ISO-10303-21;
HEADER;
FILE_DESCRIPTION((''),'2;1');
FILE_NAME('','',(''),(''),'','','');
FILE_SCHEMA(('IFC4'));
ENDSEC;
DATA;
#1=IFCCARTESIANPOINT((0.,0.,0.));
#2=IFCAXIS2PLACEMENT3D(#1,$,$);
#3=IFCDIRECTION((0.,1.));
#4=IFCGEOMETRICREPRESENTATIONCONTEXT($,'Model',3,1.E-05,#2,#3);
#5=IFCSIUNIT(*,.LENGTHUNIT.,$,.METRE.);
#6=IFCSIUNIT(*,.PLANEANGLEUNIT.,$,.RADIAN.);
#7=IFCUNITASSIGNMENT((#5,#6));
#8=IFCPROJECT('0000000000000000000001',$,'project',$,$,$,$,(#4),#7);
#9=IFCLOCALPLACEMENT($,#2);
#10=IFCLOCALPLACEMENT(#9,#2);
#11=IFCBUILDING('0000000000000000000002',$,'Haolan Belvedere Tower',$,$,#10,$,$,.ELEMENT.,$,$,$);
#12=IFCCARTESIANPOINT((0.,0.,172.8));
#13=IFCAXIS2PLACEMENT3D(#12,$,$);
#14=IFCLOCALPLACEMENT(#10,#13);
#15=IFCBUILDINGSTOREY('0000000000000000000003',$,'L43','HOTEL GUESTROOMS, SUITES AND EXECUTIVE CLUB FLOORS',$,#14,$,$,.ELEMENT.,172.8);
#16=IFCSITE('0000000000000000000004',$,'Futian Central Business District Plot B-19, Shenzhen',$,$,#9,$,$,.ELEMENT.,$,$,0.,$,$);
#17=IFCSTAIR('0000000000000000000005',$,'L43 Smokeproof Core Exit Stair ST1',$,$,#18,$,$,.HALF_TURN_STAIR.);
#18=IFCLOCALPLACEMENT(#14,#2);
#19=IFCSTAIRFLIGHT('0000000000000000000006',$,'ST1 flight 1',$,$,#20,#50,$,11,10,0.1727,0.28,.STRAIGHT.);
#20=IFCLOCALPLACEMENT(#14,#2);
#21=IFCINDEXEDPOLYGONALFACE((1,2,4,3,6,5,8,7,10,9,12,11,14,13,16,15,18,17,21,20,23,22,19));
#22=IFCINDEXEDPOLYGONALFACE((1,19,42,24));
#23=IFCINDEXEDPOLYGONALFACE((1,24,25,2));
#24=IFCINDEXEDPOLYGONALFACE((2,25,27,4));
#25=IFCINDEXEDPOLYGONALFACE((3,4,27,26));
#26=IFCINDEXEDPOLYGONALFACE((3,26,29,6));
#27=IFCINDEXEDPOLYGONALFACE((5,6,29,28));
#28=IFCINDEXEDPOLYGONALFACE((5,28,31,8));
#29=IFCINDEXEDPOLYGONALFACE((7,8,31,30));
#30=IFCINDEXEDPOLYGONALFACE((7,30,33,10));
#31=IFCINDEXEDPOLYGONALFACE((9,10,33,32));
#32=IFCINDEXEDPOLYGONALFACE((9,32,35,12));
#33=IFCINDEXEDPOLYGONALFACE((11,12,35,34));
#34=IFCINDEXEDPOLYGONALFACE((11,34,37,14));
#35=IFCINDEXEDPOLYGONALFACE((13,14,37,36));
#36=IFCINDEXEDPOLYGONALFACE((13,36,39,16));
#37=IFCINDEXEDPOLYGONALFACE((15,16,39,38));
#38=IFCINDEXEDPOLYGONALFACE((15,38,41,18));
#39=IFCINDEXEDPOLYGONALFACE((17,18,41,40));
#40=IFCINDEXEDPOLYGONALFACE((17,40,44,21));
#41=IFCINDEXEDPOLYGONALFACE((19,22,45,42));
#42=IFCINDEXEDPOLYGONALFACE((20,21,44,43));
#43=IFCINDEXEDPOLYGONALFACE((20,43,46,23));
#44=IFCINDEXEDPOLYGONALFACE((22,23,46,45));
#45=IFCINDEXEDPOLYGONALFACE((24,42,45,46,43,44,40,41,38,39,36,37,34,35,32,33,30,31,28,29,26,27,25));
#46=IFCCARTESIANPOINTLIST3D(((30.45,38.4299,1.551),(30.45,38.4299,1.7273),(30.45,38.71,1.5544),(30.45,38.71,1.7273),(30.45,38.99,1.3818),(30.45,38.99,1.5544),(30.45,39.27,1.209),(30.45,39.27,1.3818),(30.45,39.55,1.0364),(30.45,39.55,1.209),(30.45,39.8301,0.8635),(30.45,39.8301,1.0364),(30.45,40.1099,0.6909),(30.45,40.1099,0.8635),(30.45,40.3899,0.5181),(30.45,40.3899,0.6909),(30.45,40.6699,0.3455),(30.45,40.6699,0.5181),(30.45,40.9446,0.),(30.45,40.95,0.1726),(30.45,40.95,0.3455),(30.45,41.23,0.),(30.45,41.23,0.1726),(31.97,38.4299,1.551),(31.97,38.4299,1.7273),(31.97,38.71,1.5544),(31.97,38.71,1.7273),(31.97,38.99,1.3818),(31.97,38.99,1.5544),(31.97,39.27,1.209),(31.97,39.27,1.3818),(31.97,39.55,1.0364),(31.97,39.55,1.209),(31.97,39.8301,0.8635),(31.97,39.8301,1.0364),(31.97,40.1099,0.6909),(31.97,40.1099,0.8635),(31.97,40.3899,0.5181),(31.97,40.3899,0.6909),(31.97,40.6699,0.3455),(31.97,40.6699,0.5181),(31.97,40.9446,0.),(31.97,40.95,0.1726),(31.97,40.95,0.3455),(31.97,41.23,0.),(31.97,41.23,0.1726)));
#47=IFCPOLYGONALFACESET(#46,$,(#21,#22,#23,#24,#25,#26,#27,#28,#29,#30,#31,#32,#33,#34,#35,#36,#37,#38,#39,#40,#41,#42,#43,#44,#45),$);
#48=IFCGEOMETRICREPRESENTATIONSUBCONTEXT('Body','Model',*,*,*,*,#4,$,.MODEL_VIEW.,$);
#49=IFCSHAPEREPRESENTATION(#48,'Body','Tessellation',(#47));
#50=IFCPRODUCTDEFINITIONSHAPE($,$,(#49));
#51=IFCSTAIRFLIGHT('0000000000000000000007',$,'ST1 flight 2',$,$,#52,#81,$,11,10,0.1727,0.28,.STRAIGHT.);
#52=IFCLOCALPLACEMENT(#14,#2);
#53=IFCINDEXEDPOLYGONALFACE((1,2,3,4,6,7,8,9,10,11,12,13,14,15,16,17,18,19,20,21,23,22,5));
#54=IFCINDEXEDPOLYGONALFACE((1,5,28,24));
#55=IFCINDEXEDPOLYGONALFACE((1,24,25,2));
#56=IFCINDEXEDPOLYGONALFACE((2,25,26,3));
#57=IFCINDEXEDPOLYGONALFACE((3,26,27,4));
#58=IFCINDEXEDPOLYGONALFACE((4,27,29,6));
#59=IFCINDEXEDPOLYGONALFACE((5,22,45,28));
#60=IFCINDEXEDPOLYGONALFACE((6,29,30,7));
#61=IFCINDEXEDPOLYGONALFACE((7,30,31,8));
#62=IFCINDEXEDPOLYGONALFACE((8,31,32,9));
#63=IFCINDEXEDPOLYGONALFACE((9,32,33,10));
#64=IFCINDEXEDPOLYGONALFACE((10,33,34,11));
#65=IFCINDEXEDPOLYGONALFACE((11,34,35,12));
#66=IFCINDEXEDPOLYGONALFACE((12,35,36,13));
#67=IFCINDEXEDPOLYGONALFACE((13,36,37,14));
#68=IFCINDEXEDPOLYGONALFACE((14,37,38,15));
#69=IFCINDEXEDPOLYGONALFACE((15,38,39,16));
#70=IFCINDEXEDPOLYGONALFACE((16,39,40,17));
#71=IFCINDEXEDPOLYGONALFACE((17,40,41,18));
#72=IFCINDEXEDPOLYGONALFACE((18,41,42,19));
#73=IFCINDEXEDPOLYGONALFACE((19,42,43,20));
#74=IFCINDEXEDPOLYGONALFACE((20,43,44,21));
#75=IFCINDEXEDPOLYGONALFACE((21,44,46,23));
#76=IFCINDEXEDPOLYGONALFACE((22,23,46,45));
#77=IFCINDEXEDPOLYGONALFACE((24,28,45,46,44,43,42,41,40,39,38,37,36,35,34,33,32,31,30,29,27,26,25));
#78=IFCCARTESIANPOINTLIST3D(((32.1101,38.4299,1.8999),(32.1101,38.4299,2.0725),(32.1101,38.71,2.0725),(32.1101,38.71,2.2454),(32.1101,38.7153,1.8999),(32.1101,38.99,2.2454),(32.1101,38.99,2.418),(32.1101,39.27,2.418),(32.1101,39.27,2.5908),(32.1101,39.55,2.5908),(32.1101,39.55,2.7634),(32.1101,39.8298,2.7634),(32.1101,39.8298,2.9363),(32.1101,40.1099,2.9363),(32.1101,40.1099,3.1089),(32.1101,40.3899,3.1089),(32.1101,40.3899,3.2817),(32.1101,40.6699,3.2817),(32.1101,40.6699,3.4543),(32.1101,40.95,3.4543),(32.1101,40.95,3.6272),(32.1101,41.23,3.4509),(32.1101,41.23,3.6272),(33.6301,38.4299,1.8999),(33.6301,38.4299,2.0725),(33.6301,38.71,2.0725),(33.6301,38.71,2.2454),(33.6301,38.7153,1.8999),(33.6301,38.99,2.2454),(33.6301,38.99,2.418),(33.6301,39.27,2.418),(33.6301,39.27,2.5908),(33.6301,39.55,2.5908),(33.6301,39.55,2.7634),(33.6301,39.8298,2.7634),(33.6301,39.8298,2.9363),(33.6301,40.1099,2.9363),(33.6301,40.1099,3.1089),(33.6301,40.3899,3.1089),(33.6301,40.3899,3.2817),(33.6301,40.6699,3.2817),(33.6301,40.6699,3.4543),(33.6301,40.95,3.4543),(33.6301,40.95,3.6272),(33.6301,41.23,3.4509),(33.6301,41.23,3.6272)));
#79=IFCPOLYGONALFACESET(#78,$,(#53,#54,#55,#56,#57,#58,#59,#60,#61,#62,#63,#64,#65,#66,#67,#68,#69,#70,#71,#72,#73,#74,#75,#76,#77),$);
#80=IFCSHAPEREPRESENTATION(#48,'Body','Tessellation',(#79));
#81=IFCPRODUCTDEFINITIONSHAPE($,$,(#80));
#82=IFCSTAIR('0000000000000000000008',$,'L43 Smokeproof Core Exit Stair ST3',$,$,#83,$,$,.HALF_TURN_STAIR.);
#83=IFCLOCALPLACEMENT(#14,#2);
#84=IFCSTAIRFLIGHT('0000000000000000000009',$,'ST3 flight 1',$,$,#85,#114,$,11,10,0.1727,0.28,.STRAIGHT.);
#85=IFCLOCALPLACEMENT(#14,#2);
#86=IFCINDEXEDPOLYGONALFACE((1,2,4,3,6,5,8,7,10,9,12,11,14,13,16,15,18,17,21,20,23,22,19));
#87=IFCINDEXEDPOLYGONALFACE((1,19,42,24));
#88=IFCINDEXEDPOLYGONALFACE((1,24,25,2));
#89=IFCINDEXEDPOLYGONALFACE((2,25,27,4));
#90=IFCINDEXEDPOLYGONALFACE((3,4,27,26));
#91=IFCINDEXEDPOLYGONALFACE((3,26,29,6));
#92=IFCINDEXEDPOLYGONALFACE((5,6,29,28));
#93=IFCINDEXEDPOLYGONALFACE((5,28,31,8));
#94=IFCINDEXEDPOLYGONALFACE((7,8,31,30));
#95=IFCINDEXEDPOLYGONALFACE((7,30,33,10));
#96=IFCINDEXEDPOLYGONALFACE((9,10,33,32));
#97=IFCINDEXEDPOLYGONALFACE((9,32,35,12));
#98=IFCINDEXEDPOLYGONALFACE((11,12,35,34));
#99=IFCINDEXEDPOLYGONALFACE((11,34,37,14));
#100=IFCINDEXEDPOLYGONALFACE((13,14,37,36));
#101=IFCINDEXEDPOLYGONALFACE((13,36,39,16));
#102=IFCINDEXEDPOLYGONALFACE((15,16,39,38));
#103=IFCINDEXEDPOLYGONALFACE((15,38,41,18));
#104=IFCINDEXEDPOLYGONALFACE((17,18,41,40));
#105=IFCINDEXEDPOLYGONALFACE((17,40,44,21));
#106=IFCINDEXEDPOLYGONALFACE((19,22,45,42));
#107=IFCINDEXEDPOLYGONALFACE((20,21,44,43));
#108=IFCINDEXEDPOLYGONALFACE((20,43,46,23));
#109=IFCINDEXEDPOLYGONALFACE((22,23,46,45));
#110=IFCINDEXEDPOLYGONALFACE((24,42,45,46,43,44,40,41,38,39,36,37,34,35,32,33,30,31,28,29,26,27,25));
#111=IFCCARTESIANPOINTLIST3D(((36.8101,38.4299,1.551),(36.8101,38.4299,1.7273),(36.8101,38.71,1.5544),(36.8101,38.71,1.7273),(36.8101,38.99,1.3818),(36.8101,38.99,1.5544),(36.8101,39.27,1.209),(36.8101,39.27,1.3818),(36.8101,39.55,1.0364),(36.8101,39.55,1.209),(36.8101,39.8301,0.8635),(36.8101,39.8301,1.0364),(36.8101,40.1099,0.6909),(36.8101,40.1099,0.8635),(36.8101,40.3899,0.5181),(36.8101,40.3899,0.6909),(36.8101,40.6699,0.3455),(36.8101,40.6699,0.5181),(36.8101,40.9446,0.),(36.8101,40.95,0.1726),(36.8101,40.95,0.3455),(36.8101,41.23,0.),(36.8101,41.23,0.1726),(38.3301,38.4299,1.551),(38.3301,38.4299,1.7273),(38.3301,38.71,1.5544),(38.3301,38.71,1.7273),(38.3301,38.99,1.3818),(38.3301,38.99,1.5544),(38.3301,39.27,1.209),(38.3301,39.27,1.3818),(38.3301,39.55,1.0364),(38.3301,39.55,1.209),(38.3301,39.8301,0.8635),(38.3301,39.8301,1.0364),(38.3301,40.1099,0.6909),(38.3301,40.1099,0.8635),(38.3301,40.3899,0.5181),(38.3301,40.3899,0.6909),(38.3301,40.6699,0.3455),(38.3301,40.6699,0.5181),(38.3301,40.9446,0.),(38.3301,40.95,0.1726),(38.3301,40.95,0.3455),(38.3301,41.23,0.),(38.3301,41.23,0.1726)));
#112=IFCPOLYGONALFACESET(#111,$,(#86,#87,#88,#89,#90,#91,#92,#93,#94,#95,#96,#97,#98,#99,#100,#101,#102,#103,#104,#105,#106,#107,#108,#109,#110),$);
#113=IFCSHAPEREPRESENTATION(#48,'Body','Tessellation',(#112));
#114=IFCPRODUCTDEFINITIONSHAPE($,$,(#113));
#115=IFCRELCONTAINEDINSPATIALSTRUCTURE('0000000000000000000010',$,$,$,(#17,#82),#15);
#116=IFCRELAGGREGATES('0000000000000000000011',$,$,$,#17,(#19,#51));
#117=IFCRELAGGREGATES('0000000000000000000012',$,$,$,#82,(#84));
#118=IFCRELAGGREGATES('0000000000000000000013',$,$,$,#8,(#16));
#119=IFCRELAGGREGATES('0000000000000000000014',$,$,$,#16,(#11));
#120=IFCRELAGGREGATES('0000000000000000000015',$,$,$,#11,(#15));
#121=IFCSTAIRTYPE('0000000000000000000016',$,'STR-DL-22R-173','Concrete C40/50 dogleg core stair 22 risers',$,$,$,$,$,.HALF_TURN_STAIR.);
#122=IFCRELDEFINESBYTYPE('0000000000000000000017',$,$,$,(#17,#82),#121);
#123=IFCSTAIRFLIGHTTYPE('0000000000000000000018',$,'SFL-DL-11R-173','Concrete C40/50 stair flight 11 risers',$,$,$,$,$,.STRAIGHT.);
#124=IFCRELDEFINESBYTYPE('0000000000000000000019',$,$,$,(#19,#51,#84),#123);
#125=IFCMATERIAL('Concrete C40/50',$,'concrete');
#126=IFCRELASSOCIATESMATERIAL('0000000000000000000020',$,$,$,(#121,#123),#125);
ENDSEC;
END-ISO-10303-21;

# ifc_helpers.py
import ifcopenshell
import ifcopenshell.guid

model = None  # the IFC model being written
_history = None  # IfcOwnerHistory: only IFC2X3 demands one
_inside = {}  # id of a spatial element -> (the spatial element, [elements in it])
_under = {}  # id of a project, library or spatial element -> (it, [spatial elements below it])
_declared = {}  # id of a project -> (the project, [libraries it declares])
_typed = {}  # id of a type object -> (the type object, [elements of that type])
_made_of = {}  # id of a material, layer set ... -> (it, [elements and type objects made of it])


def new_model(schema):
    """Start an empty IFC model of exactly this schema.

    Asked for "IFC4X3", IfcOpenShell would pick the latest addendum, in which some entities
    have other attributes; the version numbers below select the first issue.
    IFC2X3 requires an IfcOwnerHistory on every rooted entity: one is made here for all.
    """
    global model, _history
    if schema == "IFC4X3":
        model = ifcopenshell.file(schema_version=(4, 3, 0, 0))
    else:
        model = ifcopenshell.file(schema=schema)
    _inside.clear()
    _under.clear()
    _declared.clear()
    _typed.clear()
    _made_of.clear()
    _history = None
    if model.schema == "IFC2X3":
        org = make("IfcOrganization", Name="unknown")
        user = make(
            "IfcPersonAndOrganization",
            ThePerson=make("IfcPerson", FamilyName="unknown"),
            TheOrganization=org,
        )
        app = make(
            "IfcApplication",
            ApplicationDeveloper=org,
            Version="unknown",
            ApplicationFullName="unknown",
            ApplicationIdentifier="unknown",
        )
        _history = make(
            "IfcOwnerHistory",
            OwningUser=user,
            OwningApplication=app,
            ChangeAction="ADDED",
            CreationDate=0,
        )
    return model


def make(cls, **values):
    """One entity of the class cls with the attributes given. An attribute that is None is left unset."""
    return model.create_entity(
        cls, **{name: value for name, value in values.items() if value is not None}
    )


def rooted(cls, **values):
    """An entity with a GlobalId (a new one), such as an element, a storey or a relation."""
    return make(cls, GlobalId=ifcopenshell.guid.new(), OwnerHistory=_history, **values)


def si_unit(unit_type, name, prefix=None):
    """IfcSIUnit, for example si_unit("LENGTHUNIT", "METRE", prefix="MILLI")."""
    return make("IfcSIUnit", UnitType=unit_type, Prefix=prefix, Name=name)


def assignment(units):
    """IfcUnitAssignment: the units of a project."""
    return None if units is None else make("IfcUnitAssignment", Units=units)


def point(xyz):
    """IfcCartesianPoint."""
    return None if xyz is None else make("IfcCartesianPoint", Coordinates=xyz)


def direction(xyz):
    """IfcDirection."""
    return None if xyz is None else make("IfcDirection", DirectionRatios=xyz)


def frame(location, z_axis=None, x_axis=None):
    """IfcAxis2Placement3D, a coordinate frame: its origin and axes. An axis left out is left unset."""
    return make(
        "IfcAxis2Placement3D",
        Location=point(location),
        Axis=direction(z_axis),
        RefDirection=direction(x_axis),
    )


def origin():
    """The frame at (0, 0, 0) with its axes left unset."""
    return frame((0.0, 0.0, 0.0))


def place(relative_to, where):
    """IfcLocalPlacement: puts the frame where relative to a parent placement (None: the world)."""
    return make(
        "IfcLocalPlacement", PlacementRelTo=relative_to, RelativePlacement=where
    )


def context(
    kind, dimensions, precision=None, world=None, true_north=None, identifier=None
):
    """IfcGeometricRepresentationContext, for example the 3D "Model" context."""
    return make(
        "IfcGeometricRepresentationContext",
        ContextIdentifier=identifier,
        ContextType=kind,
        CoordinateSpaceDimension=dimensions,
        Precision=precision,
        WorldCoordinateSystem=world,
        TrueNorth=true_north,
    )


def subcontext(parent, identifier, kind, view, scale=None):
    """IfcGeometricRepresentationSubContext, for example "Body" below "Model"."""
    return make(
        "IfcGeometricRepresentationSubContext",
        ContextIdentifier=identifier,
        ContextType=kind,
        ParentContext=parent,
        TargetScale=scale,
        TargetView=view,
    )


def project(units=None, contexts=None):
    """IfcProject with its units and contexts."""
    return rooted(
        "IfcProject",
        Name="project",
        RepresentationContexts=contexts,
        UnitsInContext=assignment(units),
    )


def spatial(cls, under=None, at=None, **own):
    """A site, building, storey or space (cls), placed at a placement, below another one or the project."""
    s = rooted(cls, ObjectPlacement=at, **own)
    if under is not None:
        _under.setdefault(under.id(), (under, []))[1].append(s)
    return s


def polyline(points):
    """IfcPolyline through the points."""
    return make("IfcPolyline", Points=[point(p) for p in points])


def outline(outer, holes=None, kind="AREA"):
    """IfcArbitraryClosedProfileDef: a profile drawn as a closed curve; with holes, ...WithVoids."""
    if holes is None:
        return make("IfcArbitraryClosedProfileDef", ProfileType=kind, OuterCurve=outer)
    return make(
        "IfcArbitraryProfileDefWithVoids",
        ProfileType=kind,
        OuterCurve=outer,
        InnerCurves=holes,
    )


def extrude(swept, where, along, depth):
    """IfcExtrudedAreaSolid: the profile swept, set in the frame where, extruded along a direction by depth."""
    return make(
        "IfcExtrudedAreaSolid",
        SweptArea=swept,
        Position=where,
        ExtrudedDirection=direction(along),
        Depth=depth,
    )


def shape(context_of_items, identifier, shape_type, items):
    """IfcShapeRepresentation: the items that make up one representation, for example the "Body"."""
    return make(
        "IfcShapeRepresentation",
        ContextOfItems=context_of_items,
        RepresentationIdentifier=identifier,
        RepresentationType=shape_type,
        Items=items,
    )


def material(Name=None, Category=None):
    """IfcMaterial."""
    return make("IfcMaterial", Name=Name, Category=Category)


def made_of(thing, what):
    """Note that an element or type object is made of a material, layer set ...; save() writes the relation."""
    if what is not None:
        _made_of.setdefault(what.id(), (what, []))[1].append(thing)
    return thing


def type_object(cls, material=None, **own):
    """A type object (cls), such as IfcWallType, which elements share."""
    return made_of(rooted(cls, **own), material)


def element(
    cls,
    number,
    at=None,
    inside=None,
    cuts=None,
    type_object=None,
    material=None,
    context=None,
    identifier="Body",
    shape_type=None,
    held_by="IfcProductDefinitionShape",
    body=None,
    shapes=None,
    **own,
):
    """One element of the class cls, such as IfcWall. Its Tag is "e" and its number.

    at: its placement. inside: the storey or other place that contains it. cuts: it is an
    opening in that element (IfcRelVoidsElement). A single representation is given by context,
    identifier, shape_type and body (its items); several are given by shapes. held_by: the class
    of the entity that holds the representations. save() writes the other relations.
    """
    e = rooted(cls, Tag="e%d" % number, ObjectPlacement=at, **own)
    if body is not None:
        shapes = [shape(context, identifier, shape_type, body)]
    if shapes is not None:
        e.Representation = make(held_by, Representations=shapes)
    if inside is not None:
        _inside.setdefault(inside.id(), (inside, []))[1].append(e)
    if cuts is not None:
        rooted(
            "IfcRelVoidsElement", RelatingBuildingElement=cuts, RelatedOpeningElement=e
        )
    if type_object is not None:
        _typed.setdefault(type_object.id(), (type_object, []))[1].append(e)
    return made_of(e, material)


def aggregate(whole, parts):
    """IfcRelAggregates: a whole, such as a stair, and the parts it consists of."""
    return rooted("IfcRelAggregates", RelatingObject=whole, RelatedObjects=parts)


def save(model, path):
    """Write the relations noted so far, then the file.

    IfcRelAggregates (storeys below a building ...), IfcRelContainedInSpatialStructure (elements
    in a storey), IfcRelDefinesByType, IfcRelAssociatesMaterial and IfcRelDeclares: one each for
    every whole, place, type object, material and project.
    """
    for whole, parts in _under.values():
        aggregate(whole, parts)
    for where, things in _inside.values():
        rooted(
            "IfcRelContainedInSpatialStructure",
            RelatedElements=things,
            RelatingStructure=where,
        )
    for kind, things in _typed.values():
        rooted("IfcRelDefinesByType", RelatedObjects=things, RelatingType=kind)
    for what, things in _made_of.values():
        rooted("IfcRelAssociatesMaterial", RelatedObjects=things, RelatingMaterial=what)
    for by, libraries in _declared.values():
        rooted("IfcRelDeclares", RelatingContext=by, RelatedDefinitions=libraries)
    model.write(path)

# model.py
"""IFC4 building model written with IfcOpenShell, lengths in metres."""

from ifc_helpers import new_model, si_unit, direction, frame, origin, place, context, subcontext, project, spatial, polyline, outline, extrude, material, type_object, element, aggregate, save


model = new_model("IFC4")

# Units and contexts
model_context = context("Model", 3, precision=1e-05, world=origin(), true_north=direction((0.0, 1.0)))
body_context = subcontext(model_context, "Body", "Model", "MODEL_VIEW")
ifc_project = project(units=[si_unit("LENGTHUNIT", "METRE"), si_unit("PLANEANGLEUNIT", "RADIAN")], contexts=[model_context])

# Site, building, storey
site_placement = place(None, origin())
site = spatial("IfcSite", under=ifc_project, at=site_placement, Name="Futian Central Business District Plot B-19, Shenzhen", CompositionType="ELEMENT", RefElevation=0.0)
building_placement = place(site_placement, origin())
building = spatial("IfcBuilding", under=site, at=building_placement, Name="Haolan Belvedere Tower", CompositionType="ELEMENT")
storey_placement = place(building_placement, frame((0.0, 0.0, 172.8)))
storey = spatial("IfcBuildingStorey", under=building, at=storey_placement, Name="L43", Description="HOTEL GUESTROOMS, SUITES AND EXECUTIVE CLUB FLOORS", CompositionType="ELEMENT", Elevation=172.8)

# Stair, stair flights
ifc_material_1 = material(Name="Concrete C40/50", Category="concrete")
stair_type = type_object("IfcStairType", Name="STR-DL-22R-173", Description="Concrete C40/50 dogleg core stair 22 risers", PredefinedType="HALF_TURN_STAIR", material=ifc_material_1)
stair_1_placement = place(storey_placement, origin())
stair_1 = element("IfcStair", 1, at=stair_1_placement, inside=storey, type_object=stair_type, Name="L43 Smokeproof Core Exit Stair ST1", PredefinedType="HALF_TURN_STAIR")
stair_flight_type = type_object("IfcStairFlightType", Name="SFL-DL-11R-173", Description="Concrete C40/50 stair flight 11 risers", PredefinedType="STRAIGHT", material=ifc_material_1)
stair_flight_1_placement = place(storey_placement, frame((31.21, 41.23, 0.0), z_axis=(0.0, 0.0, 1.0), x_axis=(0.0, -1.0, 0.0)))
stair_flight_1 = element("IfcStairFlight", 2, at=stair_flight_1_placement, type_object=stair_flight_type, Name="ST1 flight 1", NumberOfRisers=11, NumberOfTreads=10, PredefinedType="STRAIGHT", RiserHeight=0.1727, TreadLength=0.28, context=body_context, shape_type="SweptSolid", body=[
    extrude(outline(polyline([(0.0, 0.0), (0.0, 0.1726), (0.28, 0.1726), (0.28, 0.3455), (0.5601, 0.3455), (0.5601, 0.5181), (0.8401, 0.5181), (0.8401, 0.6909), (1.1201, 0.6909), (1.1201, 0.8635), (1.3999, 0.8635), (1.3999, 1.0364), (1.6799, 1.0364), (1.6799, 1.209), (1.96, 1.209), (1.96, 1.3818), (2.24, 1.3818), (2.24, 1.5544), (2.52, 1.5544), (2.52, 1.7273), (2.8, 1.7273), (2.8, 1.8999), (2.8, 1.551), (0.2854, 0.0), (0.0, 0.0)])), frame((0.0, 0.76, 0.0), z_axis=(0.0, -1.0, 0.0), x_axis=(1.0, 0.0, 0.0)), (0.0, 0.0, 1.0), 1.52),
])
stair_flight_2_placement = place(storey_placement, frame((32.8701, 38.4299, 1.8999), z_axis=(0.0, 0.0, 1.0), x_axis=(0.0, 1.0, 0.0)))
stair_flight_2 = element("IfcStairFlight", 3, at=stair_flight_2_placement, type_object=stair_flight_type, Name="ST1 flight 2", NumberOfRisers=11, NumberOfTreads=10, PredefinedType="STRAIGHT", RiserHeight=0.1727, TreadLength=0.28, context=body_context, shape_type="SweptSolid", body=[
    extrude(outline(polyline([(0.0, 0.0), (0.0, 0.1726), (0.28, 0.1726), (0.28, 0.3455), (0.5601, 0.3455), (0.5601, 0.5181), (0.8401, 0.5181), (0.8401, 0.6909), (1.1201, 0.6909), (1.1201, 0.8635), (1.3999, 0.8635), (1.3999, 1.0364), (1.6799, 1.0364), (1.6799, 1.209), (1.96, 1.209), (1.96, 1.3818), (2.24, 1.3818), (2.24, 1.5544), (2.52, 1.5544), (2.52, 1.7273), (2.8, 1.7273), (2.8, 1.8999), (2.8, 1.551), (0.2854, 0.0), (0.0, 0.0)])), frame((0.0, 0.76, 0.0), z_axis=(0.0, -1.0, 0.0), x_axis=(1.0, 0.0, 0.0)), (0.0, 0.0, 1.0), 1.52),
])
aggregate(stair_1, [stair_flight_1, stair_flight_2])

# Stair, stair flight
stair_2_placement = place(storey_placement, origin())
stair_2 = element("IfcStair", 4, at=stair_2_placement, inside=storey, type_object=stair_type, Name="L43 Smokeproof Core Exit Stair ST3", PredefinedType="HALF_TURN_STAIR")
stair_flight_3_placement = place(storey_placement, frame((37.5701, 41.23, 0.0), z_axis=(0.0, 0.0, 1.0), x_axis=(0.0, -1.0, 0.0)))
stair_flight_3 = element("IfcStairFlight", 5, at=stair_flight_3_placement, type_object=stair_flight_type, Name="ST3 flight 1", NumberOfRisers=11, NumberOfTreads=10, PredefinedType="STRAIGHT", RiserHeight=0.1727, TreadLength=0.28, context=body_context, shape_type="SweptSolid", body=[
    extrude(outline(polyline([(0.0, 0.0), (0.0, 0.1726), (0.28, 0.1726), (0.28, 0.3455), (0.5601, 0.3455), (0.5601, 0.5181), (0.8401, 0.5181), (0.8401, 0.6909), (1.1201, 0.6909), (1.1201, 0.8635), (1.3999, 0.8635), (1.3999, 1.0364), (1.6799, 1.0364), (1.6799, 1.209), (1.96, 1.209), (1.96, 1.3818), (2.24, 1.3818), (2.24, 1.5544), (2.52, 1.5544), (2.52, 1.7273), (2.8, 1.7273), (2.8, 1.8999), (2.8, 1.551), (0.2854, 0.0), (0.0, 0.0)])), frame((0.0, 0.76, 0.0), z_axis=(0.0, -1.0, 0.0), x_axis=(1.0, 0.0, 0.0)), (0.0, 0.0, 1.0), 1.52),
])
aggregate(stair_2, [stair_flight_3])

save(model, "model.ifc")
